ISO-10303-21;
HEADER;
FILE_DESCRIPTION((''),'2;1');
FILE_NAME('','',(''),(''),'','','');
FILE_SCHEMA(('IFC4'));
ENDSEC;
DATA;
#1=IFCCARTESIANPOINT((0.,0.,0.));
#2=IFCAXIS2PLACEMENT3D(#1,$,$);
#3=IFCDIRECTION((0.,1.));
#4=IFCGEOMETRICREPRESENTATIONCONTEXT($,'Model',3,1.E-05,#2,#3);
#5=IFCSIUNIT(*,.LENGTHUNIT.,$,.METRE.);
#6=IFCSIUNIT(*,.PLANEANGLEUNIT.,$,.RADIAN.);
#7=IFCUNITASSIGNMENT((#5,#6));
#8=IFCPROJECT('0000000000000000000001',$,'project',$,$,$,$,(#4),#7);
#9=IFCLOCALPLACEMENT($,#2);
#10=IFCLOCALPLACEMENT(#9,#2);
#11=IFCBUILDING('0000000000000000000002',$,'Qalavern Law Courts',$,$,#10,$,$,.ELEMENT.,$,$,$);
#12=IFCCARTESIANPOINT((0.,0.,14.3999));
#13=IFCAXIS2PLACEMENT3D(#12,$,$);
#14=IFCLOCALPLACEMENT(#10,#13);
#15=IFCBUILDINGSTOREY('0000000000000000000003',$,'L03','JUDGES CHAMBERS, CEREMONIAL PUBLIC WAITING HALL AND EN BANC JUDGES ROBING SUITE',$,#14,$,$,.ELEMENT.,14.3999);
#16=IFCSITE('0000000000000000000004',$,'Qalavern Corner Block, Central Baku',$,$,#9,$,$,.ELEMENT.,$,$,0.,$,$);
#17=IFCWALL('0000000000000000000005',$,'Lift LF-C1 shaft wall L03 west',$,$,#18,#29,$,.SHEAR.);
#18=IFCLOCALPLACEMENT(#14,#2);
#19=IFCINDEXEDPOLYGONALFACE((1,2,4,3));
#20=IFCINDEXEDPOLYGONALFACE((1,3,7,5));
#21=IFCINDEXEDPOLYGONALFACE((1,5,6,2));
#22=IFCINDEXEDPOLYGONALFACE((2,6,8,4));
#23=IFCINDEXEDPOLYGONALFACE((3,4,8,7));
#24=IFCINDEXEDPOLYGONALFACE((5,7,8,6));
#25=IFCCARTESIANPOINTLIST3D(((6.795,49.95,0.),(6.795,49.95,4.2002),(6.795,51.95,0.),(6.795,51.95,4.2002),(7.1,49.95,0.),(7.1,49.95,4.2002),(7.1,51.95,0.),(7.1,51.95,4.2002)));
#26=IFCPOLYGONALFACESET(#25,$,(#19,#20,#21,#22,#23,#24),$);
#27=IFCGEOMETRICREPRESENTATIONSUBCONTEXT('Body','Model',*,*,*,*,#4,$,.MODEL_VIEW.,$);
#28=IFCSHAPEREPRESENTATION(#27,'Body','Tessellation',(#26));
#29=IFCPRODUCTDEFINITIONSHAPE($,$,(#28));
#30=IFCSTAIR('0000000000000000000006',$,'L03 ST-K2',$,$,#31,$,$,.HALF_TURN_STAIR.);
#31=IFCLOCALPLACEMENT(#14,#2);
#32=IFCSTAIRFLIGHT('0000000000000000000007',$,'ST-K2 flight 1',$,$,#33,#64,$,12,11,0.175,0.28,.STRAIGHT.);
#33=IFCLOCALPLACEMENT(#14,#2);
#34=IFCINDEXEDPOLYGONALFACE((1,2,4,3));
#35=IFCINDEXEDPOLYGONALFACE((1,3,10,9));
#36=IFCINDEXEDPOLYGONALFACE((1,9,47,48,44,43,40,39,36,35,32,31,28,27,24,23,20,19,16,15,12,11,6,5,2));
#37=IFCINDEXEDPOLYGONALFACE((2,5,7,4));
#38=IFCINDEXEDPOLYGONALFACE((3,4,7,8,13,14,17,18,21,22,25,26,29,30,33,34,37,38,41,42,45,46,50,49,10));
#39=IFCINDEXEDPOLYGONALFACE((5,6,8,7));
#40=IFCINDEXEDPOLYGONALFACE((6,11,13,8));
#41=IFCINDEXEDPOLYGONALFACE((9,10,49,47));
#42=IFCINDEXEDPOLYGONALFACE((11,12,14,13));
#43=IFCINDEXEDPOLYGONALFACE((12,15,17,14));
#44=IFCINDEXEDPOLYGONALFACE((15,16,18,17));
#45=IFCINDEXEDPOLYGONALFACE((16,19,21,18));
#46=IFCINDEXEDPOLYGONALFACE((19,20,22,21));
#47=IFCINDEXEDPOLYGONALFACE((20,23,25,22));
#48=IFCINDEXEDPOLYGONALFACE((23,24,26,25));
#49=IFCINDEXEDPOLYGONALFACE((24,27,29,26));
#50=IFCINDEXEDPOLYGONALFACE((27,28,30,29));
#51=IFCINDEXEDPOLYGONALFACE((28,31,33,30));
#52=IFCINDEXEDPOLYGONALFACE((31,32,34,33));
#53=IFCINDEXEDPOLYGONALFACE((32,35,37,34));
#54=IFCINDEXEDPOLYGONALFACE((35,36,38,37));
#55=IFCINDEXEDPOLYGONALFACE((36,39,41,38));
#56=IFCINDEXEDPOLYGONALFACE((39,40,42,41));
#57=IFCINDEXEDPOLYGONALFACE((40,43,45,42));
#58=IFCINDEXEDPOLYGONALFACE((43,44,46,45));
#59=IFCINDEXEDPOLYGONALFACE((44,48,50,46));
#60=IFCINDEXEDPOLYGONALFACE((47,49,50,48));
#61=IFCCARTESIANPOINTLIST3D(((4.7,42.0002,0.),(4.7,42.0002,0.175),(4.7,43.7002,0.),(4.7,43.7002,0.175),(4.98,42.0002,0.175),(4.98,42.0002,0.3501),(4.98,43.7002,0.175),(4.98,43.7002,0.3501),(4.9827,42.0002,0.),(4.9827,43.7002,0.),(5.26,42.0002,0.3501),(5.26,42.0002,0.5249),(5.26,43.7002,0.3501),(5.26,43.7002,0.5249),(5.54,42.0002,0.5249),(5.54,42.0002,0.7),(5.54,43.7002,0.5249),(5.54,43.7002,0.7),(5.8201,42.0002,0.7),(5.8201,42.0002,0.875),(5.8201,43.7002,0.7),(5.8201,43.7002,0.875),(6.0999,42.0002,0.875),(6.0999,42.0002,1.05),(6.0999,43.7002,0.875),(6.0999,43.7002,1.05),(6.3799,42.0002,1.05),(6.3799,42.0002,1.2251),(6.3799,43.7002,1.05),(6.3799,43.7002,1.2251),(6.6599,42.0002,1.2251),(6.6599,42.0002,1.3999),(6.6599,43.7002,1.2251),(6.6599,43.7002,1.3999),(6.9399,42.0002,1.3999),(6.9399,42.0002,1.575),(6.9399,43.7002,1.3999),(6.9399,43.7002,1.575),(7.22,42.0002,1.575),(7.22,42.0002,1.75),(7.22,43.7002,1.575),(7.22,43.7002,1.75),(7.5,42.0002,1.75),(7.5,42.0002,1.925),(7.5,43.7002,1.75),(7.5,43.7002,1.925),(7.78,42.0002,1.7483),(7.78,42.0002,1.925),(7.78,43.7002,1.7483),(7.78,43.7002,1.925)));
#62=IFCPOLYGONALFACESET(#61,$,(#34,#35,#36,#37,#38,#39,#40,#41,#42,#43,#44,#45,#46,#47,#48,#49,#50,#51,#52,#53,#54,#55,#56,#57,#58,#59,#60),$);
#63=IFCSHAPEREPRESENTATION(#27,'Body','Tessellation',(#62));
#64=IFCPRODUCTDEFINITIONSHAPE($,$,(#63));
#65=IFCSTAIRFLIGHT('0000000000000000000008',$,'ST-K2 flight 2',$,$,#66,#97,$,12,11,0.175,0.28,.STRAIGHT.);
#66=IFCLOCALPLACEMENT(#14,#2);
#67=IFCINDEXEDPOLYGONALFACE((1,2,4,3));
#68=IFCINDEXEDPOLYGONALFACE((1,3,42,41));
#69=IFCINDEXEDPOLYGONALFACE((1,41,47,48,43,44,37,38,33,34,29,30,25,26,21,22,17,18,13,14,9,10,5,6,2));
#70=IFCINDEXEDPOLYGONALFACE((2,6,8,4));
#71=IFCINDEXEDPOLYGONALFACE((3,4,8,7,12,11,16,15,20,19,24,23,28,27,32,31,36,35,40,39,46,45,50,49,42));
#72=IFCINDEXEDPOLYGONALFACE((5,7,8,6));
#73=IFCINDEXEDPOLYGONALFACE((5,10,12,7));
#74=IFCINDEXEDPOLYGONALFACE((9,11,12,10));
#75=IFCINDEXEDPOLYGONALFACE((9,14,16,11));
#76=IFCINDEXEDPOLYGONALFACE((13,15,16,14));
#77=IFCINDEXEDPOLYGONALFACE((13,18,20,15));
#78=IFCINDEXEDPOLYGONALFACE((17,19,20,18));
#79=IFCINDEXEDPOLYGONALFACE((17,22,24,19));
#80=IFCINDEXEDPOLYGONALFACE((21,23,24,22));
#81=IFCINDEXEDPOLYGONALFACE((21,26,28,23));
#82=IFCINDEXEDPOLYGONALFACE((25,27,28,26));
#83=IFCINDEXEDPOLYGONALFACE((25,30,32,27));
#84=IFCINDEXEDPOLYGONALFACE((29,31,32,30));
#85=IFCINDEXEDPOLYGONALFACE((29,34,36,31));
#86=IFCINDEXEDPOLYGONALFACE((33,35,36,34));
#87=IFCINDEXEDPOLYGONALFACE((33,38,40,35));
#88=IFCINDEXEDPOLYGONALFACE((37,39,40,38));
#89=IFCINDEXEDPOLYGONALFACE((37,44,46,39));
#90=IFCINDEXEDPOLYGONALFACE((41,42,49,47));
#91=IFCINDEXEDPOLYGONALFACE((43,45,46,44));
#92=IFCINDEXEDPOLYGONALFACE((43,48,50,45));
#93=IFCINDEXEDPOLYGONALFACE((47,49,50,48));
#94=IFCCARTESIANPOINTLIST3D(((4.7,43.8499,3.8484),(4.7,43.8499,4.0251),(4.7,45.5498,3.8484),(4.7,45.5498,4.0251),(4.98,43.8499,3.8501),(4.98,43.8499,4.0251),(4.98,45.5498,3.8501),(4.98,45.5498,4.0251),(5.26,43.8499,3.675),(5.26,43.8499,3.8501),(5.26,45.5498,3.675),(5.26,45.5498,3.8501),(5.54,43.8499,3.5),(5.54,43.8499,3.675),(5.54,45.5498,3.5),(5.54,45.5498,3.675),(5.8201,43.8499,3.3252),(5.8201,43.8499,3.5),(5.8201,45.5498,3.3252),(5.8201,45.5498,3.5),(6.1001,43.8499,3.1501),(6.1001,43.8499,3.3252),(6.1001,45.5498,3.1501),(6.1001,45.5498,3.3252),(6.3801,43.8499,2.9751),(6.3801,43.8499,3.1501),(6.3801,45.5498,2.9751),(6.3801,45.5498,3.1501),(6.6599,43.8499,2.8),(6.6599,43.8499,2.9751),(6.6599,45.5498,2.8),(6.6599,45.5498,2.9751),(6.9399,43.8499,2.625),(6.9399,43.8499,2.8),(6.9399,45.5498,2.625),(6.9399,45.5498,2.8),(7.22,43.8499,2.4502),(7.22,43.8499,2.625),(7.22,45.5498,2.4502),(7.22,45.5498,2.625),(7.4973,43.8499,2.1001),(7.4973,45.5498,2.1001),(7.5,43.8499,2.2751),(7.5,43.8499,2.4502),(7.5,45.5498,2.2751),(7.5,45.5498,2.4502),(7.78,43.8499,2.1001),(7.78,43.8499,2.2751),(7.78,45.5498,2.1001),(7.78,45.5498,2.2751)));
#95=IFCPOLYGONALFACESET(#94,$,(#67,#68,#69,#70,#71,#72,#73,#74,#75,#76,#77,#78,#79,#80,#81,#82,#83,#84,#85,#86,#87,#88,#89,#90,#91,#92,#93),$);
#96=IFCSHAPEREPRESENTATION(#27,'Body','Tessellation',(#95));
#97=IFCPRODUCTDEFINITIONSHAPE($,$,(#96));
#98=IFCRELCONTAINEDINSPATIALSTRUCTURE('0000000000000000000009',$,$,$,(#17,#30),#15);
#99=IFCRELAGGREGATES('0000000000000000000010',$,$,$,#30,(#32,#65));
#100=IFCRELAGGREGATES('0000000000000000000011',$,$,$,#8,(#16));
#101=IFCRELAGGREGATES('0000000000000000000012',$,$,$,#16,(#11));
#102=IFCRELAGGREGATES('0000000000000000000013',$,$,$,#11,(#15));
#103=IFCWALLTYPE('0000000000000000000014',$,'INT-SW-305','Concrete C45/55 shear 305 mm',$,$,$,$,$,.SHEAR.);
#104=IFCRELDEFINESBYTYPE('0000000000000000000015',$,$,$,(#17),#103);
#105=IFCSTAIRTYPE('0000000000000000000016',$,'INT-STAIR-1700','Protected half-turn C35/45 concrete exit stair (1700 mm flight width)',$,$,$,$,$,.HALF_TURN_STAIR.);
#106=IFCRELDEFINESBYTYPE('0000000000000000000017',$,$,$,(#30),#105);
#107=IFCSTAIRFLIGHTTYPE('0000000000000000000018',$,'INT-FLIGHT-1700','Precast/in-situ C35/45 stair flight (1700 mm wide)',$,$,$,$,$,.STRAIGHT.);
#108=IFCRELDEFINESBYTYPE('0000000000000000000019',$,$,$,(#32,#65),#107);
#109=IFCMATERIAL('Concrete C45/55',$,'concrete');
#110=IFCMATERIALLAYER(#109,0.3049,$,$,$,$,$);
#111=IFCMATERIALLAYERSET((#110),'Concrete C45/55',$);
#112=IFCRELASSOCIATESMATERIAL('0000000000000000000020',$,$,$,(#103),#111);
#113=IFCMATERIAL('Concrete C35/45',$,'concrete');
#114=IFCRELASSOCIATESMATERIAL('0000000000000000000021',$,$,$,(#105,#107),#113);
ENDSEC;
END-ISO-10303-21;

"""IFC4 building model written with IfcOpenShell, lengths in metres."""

from ifc_helpers import new_model, si_unit, direction, frame, frame_2d, origin, place, context, subcontext, project, spatial, polyline, rectangle, outline, extrude, material, layer, layer_set, type_object, element, aggregate, save


model = new_model("IFC4")

# Units and contexts
model_context = context("Model", 3, precision=1e-05, world=origin(), true_north=direction((0.0, 1.0)))
body_context = subcontext(model_context, "Body", "Model", "MODEL_VIEW")
ifc_project = project(units=[si_unit("LENGTHUNIT", "METRE"), si_unit("PLANEANGLEUNIT", "RADIAN")], contexts=[model_context])

# Site, building, storey
site_placement = place(None, origin())
site = spatial("IfcSite", under=ifc_project, at=site_placement, Name="Qalavern Corner Block, Central Baku", CompositionType="ELEMENT", RefElevation=0.0)
building_placement = place(site_placement, origin())
building = spatial("IfcBuilding", under=site, at=building_placement, Name="Qalavern Law Courts", CompositionType="ELEMENT")
storey_placement = place(building_placement, frame((0.0, 0.0, 14.3999)))
storey = spatial("IfcBuildingStorey", under=building, at=storey_placement, Name="L03", Description="JUDGES CHAMBERS, CEREMONIAL PUBLIC WAITING HALL AND EN BANC JUDGES ROBING SUITE", CompositionType="ELEMENT", Elevation=14.3999)

# Shared definitions
ifc_material_1 = material(Name="Concrete C45/55", Category="concrete")

# Shared definitions
ifc_layer_1 = layer(ifc_material_1, 0.3049)
ifc_layer_set_1 = layer_set([ifc_layer_1], Name="Concrete C45/55")
wall_type_1 = type_object("IfcWallType", Name="INT-SW-305", Description="Concrete C45/55 shear 305 mm", PredefinedType="SHEAR", material=ifc_layer_set_1)

# Wall
wall_1_placement = place(storey_placement, frame((6.9475, 51.95, 0.0), z_axis=(0.0, 0.0, 1.0), x_axis=(0.0, -1.0, 0.0)))
element("IfcWall", 1, at=wall_1_placement, inside=storey, type_object=wall_type_1, Name="Lift LF-C1 shaft wall L03 west", PredefinedType="SHEAR", context=body_context, shape_type="SweptSolid", body=[
    extrude(rectangle(XDim=2.0, YDim=0.3049, at=frame_2d((1.0, 0.0))), origin(), (0.0, 0.0, 1.0), 4.2002),
])

# Stair, stair flights
ifc_material_2 = material(Name="Concrete C35/45", Category="concrete")
stair_type = type_object("IfcStairType", Name="INT-STAIR-1700", Description="Protected half-turn C35/45 concrete exit stair (1700 mm flight width)", PredefinedType="HALF_TURN_STAIR", material=ifc_material_2)
stair_placement = place(storey_placement, origin())
stair = element("IfcStair", 2, at=stair_placement, inside=storey, type_object=stair_type, Name="L03 ST-K2", PredefinedType="HALF_TURN_STAIR")
stair_flight_type = type_object("IfcStairFlightType", Name="INT-FLIGHT-1700", Description="Precast/in-situ C35/45 stair flight (1700 mm wide)", PredefinedType="STRAIGHT", material=ifc_material_2)
stair_flight_1_placement = place(storey_placement, frame((4.7, 42.8501, 0.0), z_axis=(0.0, 0.0, 1.0), x_axis=(1.0, 0.0, 0.0)))
stair_flight_1 = element("IfcStairFlight", 3, at=stair_flight_1_placement, type_object=stair_flight_type, Name="ST-K2 flight 1", NumberOfRisers=12, NumberOfTreads=11, PredefinedType="STRAIGHT", RiserHeight=0.175, TreadLength=0.28, context=body_context, shape_type="SweptSolid", body=[
    extrude(outline(polyline([(0.0, 0.0), (0.0, 0.175), (0.28, 0.175), (0.28, 0.3501), (0.5601, 0.3501), (0.5601, 0.5249), (0.8401, 0.5249), (0.8401, 0.7), (1.1201, 0.7), (1.1201, 0.875), (1.3999, 0.875), (1.3999, 1.05), (1.6799, 1.05), (1.6799, 1.2251), (1.96, 1.2251), (1.96, 1.3999), (2.24, 1.3999), (2.24, 1.575), (2.52, 1.575), (2.52, 1.75), (2.8, 1.75), (2.8, 1.925), (3.0801, 1.925), (3.0801, 2.1001), (3.0801, 1.7483), (0.2827, 0.0), (0.0, 0.0)])), frame((0.0, 0.8501, 0.0), z_axis=(0.0, -1.0, 0.0), x_axis=(1.0, 0.0, 0.0)), (0.0, 0.0, 1.0), 1.7),
])
stair_flight_2_placement = place(storey_placement, frame((7.78, 44.7, 2.1001), z_axis=(0.0, 0.0, 1.0), x_axis=(-1.0, 0.0, 0.0)))
stair_flight_2 = element("IfcStairFlight", 4, at=stair_flight_2_placement, type_object=stair_flight_type, Name="ST-K2 flight 2", NumberOfRisers=12, NumberOfTreads=11, PredefinedType="STRAIGHT", RiserHeight=0.175, TreadLength=0.28, context=body_context, shape_type="SweptSolid", body=[
    extrude(outline(polyline([(0.0, 0.0), (0.0, 0.175), (0.28, 0.175), (0.28, 0.3501), (0.5601, 0.3501), (0.5601, 0.5249), (0.8401, 0.5249), (0.8401, 0.7), (1.1201, 0.7), (1.1201, 0.875), (1.3999, 0.875), (1.3999, 1.05), (1.6799, 1.05), (1.6799, 1.2251), (1.96, 1.2251), (1.96, 1.3999), (2.24, 1.3999), (2.24, 1.575), (2.52, 1.575), (2.52, 1.75), (2.8, 1.75), (2.8, 1.925), (3.0801, 1.925), (3.0801, 2.1001), (3.0801, 1.7483), (0.2827, 0.0), (0.0, 0.0)])), frame((0.0, 0.8501, 0.0), z_axis=(0.0, -1.0, 0.0), x_axis=(1.0, 0.0, 0.0)), (0.0, 0.0, 1.0), 1.7),
])
aggregate(stair, [stair_flight_1, stair_flight_2])

save(model, "model.ifc")
